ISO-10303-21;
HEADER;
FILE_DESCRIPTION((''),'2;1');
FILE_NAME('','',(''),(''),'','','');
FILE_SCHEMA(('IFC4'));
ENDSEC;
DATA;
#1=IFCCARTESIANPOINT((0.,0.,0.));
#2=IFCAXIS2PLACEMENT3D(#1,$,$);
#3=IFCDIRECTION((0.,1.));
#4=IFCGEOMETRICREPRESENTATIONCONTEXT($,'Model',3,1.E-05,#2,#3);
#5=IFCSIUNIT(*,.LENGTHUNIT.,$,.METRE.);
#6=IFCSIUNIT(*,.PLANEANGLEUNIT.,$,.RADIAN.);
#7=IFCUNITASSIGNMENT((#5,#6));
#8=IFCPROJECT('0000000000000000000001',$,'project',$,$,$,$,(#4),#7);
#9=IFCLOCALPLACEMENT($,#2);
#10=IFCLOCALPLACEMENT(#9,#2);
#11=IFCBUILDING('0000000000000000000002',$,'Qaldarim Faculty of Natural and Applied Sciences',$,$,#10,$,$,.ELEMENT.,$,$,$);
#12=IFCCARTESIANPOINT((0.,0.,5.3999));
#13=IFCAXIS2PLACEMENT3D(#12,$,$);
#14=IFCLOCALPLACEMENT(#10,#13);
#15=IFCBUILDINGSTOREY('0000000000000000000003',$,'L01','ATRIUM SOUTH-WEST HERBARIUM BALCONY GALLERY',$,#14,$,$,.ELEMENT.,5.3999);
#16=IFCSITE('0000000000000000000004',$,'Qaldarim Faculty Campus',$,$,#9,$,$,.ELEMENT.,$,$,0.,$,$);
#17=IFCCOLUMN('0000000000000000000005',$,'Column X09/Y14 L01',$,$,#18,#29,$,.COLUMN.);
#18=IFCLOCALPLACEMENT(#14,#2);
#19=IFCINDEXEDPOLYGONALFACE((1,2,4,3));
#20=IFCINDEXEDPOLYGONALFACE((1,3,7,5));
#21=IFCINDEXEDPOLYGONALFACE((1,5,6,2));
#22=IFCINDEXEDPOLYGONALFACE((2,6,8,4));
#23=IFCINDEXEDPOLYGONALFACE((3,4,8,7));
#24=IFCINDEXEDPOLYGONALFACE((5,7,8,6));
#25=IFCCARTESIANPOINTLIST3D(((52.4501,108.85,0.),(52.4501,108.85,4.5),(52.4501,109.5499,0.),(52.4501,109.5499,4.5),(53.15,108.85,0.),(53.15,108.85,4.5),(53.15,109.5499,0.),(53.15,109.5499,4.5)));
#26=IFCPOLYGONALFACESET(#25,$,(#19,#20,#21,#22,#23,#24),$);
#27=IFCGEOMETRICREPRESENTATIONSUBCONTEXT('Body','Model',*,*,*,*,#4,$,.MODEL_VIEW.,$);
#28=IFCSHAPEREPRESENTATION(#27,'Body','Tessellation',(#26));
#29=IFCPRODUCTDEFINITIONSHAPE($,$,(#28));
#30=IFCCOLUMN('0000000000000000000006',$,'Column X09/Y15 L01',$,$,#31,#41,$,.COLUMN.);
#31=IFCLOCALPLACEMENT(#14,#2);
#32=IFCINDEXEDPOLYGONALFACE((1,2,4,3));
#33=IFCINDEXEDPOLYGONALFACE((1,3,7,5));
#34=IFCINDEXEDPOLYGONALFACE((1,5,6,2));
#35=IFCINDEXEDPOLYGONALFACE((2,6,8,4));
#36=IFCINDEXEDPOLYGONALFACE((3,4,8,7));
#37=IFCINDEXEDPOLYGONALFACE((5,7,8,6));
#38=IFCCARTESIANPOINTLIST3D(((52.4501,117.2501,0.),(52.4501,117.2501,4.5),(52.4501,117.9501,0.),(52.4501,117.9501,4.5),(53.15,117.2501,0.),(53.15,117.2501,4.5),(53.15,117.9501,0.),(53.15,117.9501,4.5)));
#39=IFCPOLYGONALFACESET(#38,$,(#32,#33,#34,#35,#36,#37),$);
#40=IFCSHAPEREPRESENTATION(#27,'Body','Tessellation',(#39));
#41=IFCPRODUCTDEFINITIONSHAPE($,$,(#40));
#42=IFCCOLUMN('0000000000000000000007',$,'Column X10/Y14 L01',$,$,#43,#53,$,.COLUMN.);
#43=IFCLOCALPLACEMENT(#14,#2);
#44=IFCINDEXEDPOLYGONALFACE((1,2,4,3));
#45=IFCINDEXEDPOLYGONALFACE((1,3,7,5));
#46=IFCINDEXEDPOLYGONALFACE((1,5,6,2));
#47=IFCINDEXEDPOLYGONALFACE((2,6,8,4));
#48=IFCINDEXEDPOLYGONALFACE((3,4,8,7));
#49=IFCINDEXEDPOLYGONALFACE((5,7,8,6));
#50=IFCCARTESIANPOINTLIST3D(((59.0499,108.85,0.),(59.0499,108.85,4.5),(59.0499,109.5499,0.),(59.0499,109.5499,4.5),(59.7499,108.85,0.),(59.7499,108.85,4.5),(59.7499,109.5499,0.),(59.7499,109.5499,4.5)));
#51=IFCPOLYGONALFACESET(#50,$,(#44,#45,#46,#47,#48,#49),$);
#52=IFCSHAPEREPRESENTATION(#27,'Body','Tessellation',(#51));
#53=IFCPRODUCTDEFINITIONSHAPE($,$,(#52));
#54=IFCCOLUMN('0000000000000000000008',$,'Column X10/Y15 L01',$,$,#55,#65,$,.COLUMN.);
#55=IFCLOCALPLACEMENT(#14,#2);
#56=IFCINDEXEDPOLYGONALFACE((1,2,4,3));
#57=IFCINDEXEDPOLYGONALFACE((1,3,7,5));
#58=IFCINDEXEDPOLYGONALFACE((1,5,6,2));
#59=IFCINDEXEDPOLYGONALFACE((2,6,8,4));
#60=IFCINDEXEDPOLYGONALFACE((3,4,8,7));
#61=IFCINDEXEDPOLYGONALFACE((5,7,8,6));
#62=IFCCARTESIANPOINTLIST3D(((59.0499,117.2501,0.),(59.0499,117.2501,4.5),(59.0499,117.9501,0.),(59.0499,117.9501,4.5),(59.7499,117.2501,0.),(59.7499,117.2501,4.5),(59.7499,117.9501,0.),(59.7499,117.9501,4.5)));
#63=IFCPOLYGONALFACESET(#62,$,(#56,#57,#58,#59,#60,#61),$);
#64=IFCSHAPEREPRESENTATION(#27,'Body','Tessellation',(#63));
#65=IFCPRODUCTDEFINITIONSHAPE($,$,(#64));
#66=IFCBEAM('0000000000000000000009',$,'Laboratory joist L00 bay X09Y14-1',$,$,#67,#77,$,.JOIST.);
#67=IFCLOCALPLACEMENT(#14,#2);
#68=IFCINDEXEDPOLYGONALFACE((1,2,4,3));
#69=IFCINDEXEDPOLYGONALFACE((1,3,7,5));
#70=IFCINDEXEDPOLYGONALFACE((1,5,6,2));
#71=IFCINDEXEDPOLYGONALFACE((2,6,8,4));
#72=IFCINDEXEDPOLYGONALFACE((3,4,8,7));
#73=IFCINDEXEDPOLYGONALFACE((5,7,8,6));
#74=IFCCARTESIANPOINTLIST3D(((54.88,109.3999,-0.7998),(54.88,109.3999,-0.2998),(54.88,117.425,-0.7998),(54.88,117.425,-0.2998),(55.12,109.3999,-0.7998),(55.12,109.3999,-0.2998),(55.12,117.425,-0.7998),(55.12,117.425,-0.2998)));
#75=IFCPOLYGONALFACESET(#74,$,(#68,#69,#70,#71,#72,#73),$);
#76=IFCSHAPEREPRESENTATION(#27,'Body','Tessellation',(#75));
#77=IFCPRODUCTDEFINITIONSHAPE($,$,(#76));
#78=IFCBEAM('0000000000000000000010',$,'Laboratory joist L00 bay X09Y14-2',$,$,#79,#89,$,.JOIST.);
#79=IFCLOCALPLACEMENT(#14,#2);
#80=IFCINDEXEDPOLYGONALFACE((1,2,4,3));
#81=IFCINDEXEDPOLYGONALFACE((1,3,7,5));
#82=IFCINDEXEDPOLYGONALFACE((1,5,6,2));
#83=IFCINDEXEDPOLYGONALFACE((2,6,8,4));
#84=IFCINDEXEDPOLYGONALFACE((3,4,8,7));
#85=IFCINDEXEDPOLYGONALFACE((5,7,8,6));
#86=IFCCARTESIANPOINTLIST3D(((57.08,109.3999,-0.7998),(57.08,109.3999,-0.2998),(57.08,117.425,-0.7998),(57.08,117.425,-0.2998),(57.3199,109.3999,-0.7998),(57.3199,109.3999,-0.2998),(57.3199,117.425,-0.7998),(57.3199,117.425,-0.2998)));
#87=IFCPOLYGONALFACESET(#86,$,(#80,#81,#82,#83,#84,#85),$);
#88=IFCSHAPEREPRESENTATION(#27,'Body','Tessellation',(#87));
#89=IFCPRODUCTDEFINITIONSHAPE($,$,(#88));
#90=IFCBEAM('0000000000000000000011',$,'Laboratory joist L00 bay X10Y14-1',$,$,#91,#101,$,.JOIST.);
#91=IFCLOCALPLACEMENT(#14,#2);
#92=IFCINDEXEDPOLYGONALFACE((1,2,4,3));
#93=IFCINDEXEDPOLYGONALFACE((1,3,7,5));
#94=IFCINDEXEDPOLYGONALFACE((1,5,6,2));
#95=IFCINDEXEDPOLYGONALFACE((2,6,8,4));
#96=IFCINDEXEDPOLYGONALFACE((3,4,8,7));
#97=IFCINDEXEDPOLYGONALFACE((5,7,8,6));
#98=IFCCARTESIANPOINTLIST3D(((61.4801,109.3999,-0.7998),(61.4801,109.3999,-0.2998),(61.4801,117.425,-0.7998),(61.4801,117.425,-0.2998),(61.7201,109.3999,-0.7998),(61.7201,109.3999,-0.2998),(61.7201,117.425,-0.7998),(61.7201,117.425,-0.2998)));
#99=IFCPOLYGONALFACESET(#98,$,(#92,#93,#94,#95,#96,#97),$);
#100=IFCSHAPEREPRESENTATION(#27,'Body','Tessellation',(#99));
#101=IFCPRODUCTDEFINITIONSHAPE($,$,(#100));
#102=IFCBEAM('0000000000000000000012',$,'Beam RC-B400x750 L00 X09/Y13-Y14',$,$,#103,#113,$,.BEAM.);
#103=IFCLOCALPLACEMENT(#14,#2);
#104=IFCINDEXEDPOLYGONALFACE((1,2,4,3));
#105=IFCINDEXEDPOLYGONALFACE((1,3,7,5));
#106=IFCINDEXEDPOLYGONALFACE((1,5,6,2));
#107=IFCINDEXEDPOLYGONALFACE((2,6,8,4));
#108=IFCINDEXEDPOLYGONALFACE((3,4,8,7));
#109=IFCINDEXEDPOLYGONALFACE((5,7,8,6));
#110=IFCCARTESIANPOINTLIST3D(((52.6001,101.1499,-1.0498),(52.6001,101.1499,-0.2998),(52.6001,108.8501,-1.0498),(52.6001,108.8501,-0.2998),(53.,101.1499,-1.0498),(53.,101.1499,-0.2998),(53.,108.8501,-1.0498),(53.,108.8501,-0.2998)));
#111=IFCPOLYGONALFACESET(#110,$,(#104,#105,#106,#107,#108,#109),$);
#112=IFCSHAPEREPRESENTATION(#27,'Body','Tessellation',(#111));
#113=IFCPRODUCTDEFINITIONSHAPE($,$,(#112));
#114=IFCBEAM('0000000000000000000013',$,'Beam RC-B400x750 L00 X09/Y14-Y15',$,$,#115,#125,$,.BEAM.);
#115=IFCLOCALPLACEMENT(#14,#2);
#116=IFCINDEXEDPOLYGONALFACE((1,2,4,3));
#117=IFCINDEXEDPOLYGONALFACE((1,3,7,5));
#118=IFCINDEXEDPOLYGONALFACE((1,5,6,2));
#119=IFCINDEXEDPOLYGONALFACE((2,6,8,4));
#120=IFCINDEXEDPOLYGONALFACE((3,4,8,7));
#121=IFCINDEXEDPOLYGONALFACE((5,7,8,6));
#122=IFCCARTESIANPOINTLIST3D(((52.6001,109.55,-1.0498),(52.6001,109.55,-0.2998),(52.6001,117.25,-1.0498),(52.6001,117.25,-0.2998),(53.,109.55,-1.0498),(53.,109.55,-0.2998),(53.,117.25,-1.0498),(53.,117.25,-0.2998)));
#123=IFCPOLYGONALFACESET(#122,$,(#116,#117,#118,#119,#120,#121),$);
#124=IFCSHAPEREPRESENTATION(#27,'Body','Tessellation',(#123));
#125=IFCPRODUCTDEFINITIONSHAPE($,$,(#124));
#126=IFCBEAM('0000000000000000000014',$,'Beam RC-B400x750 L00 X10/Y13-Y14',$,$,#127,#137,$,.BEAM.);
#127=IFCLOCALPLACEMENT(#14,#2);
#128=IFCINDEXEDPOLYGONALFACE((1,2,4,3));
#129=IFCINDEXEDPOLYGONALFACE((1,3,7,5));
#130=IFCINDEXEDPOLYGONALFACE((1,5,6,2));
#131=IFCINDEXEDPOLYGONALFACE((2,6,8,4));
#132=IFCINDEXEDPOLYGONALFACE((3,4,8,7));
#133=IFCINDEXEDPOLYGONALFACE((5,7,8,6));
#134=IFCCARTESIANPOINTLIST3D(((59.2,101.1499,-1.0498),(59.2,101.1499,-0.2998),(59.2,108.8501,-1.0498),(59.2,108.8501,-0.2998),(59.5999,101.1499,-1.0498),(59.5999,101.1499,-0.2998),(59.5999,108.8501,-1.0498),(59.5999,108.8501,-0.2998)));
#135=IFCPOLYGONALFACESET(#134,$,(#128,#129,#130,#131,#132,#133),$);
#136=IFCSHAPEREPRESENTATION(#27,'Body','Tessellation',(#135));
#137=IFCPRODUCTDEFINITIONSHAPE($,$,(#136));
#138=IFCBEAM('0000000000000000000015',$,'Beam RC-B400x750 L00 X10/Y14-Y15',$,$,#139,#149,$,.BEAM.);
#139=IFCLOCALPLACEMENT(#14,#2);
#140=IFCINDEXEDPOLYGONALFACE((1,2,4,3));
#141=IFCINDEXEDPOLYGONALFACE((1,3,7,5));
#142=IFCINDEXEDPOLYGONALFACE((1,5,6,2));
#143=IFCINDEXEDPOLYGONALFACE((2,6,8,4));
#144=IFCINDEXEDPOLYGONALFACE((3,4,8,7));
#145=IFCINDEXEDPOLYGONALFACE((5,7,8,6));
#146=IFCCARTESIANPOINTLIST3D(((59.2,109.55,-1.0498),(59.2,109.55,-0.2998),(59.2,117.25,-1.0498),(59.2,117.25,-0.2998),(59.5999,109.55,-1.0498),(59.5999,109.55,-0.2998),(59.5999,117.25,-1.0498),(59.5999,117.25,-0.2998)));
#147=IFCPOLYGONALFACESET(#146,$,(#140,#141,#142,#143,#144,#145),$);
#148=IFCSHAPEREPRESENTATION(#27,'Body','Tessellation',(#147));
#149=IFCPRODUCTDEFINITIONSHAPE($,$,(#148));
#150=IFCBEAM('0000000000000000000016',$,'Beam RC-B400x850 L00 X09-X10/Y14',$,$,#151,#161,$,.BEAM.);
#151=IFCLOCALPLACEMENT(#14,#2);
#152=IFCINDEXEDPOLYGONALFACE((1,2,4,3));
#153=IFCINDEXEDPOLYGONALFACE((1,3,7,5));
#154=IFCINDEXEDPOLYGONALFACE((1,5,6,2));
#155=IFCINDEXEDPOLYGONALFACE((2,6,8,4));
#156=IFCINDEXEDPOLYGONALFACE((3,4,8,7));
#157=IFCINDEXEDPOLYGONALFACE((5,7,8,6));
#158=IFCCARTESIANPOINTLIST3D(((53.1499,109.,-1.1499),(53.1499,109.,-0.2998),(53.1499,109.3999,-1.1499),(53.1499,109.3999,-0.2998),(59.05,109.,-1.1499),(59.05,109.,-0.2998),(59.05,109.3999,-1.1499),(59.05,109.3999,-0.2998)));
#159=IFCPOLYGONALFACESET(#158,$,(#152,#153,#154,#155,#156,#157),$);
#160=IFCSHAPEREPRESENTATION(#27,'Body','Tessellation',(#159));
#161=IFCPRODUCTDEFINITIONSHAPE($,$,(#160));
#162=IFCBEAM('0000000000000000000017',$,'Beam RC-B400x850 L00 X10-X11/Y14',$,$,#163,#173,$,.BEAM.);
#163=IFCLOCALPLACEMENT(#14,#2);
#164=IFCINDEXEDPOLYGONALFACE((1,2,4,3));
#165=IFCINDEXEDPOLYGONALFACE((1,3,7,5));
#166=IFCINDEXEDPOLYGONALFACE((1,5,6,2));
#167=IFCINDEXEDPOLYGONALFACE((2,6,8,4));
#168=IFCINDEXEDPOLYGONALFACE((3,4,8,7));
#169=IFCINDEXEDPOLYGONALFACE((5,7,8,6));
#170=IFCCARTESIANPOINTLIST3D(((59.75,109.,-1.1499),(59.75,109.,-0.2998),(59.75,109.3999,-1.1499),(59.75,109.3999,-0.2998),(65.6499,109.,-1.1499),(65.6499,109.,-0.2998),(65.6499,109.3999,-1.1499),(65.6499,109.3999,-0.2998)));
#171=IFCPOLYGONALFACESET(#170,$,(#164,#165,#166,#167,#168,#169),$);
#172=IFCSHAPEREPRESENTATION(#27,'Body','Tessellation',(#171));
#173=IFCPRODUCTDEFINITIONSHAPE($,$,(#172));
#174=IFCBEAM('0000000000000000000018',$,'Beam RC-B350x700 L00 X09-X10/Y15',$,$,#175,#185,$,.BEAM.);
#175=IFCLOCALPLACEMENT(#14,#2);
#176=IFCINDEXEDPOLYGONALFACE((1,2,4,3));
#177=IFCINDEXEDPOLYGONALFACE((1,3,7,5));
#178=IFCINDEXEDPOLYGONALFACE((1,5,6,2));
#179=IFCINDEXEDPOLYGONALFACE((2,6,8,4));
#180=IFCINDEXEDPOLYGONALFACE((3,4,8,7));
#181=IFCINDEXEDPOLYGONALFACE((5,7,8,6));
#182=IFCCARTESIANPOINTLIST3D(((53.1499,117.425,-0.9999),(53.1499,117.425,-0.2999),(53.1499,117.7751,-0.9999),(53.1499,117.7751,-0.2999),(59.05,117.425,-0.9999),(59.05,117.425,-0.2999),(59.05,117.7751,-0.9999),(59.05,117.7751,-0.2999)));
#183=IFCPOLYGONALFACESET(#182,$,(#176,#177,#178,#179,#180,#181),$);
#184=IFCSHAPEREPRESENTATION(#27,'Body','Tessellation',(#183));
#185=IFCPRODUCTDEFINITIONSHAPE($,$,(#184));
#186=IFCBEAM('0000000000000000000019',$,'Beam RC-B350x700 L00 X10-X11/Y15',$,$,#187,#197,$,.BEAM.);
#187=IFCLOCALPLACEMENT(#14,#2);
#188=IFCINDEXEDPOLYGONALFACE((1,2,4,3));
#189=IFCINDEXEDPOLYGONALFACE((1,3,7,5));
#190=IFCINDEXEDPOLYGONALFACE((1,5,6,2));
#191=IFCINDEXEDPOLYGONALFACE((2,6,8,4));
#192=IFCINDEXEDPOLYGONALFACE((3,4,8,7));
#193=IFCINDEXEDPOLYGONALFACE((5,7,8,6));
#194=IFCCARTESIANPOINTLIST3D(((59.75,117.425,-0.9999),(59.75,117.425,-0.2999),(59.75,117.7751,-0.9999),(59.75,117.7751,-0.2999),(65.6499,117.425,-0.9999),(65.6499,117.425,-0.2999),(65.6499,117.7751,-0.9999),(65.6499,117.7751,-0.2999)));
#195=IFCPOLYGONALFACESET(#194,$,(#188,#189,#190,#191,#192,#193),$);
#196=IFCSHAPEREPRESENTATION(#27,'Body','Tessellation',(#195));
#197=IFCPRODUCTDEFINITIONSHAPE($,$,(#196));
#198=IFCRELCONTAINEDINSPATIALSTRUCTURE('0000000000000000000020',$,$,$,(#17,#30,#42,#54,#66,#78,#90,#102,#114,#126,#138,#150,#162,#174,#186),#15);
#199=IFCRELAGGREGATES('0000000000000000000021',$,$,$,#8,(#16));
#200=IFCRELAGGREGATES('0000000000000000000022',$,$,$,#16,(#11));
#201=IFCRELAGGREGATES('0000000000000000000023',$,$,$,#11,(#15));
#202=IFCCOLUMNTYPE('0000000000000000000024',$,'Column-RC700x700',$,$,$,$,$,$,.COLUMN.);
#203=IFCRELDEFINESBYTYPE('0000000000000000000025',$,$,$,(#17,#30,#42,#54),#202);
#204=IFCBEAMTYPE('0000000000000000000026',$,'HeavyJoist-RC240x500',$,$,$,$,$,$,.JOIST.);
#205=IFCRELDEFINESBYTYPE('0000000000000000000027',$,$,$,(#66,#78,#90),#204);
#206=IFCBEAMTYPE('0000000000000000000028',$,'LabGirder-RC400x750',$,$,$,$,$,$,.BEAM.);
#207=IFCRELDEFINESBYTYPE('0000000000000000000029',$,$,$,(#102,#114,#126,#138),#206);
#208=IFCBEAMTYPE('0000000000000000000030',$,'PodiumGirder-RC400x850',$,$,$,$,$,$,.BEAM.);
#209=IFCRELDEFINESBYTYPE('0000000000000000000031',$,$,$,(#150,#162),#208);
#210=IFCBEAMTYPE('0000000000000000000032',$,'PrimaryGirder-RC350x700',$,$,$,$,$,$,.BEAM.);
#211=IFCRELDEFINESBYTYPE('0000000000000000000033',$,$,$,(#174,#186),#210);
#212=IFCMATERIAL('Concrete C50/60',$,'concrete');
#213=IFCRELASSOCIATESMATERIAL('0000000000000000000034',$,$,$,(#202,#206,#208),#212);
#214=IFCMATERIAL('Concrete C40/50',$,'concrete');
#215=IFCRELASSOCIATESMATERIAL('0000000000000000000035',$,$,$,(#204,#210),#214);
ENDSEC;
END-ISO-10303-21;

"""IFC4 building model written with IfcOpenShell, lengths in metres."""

from ifc_helpers import new_model, si_unit, direction, frame, origin, origin_2d, place, context, subcontext, project, spatial, rectangle, extrude, material, material_profile, profile_set, type_object, element, save


model = new_model("IFC4")

# Units and contexts
model_context = context("Model", 3, precision=1e-05, world=origin(), true_north=direction((0.0, 1.0)))
body_context = subcontext(model_context, "Body", "Model", "MODEL_VIEW")
ifc_project = project(units=[si_unit("LENGTHUNIT", "METRE"), si_unit("PLANEANGLEUNIT", "RADIAN")], contexts=[model_context])

# Site, building, storey
site_placement = place(None, origin())
site = spatial("IfcSite", under=ifc_project, at=site_placement, Name="Qaldarim Faculty Campus", CompositionType="ELEMENT", RefElevation=0.0)
building_placement = place(site_placement, origin())
building = spatial("IfcBuilding", under=site, at=building_placement, Name="Qaldarim Faculty of Natural and Applied Sciences", CompositionType="ELEMENT")
storey_placement = place(building_placement, frame((0.0, 0.0, 5.3999)))
storey = spatial("IfcBuildingStorey", under=building, at=storey_placement, Name="L01", Description="ATRIUM SOUTH-WEST HERBARIUM BALCONY GALLERY", CompositionType="ELEMENT", Elevation=5.3999)

# Columns
ifc_material_1 = material(Name="Concrete C50/60", Category="concrete")
ifc_material_profile_1 = material_profile(ifc_material_1, rectangle(XDim=0.7, YDim=0.7, at=origin_2d()), Name="RC-C700x700")
ifc_profile_set_1 = profile_set([ifc_material_profile_1], Name="Concrete C50/60")
column_type = type_object("IfcColumnType", Name="Column-RC700x700", PredefinedType="COLUMN", material=ifc_profile_set_1)
for number, where, z_axis, x_axis, name in (
    (1, (52.8, 109.2, 0.0), (0.0, 0.0, 1.0), (1.0, 0.0, 0.0), "Column X09/Y14 L01"),
    (2, (52.8, 117.6001, 0.0), (0.0, 0.0, 1.0), (1.0, 0.0, 0.0), "Column X09/Y15 L01"),
    (3, (59.3999, 109.2, 0.0), (0.0, 0.0, 1.0), (1.0, 0.0, 0.0), "Column X10/Y14 L01"),
    (4, (59.3999, 117.6001, 0.0), (0.0, 0.0, 1.0), (1.0, 0.0, 0.0), "Column X10/Y15 L01"),
):
    element("IfcColumn", number, at=place(storey_placement, frame(where, z_axis=z_axis, x_axis=x_axis)), inside=storey, type_object=column_type, Name=name, PredefinedType="COLUMN", context=body_context, shape_type="SweptSolid", body=[
        extrude(rectangle(XDim=0.7, YDim=0.7, at=origin_2d()), origin(), (0.0, 0.0, 1.0), 4.5),
    ])

# Beams
ifc_material_2 = material(Name="Concrete C40/50", Category="concrete")
ifc_material_profile_2 = material_profile(ifc_material_2, rectangle(XDim=0.24, YDim=0.5, at=origin_2d()), Name="RC-J240x500")
ifc_profile_set_2 = profile_set([ifc_material_profile_2], Name="Concrete C40/50")
beam_type_1 = type_object("IfcBeamType", Name="HeavyJoist-RC240x500", PredefinedType="JOIST", material=ifc_profile_set_2)
for number, where, z_axis, x_axis, name in (
    (5, (55.0, 109.3999, -0.5498), (0.0, 1.0, 0.0), (-1.0, 0.0, 0.0), "Laboratory joist L00 bay X09Y14-1"),
    (6, (57.2, 109.3999, -0.5498), (0.0, 1.0, 0.0), (-1.0, 0.0, 0.0), "Laboratory joist L00 bay X09Y14-2"),
    (7, (61.6001, 109.3999, -0.5498), (0.0, 1.0, 0.0), (-1.0, 0.0, 0.0), "Laboratory joist L00 bay X10Y14-1"),
):
    element("IfcBeam", number, at=place(storey_placement, frame(where, z_axis=z_axis, x_axis=x_axis)), inside=storey, type_object=beam_type_1, Name=name, PredefinedType="JOIST", context=body_context, shape_type="SweptSolid", body=[
        extrude(rectangle(XDim=0.24, YDim=0.5, at=origin_2d()), origin(), (0.0, 0.0, 1.0), 8.0251),
    ])
ifc_material_profile_3 = material_profile(ifc_material_1, rectangle(XDim=0.3999, YDim=0.75, at=origin_2d()), Name="RC-B400x750")
ifc_profile_set_3 = profile_set([ifc_material_profile_3], Name="Concrete C50/60")
beam_type_2 = type_object("IfcBeamType", Name="LabGirder-RC400x750", PredefinedType="BEAM", material=ifc_profile_set_3)
beam_1_placement = place(storey_placement, frame((52.8, 101.1499, -0.6748), z_axis=(0.0, 1.0, 0.0), x_axis=(-1.0, 0.0, 0.0)))
element("IfcBeam", 8, at=beam_1_placement, inside=storey, type_object=beam_type_2, Name="Beam RC-B400x750 L00 X09/Y13-Y14", PredefinedType="BEAM", context=body_context, shape_type="SweptSolid", body=[
    extrude(rectangle(XDim=0.3999, YDim=0.75, at=origin_2d()), origin(), (0.0, 0.0, 1.0), 7.7002),
])
beam_2_placement = place(storey_placement, frame((52.8, 109.55, -0.6748), z_axis=(0.0, 1.0, 0.0), x_axis=(-1.0, 0.0, 0.0)))
element("IfcBeam", 9, at=beam_2_placement, inside=storey, type_object=beam_type_2, Name="Beam RC-B400x750 L00 X09/Y14-Y15", PredefinedType="BEAM", context=body_context, shape_type="SweptSolid", body=[
    extrude(rectangle(XDim=0.3999, YDim=0.75, at=origin_2d()), origin(), (0.0, 0.0, 1.0), 7.7),
])
beam_3_placement = place(storey_placement, frame((59.3999, 101.1499, -0.6748), z_axis=(0.0, 1.0, 0.0), x_axis=(-1.0, 0.0, 0.0)))
element("IfcBeam", 10, at=beam_3_placement, inside=storey, type_object=beam_type_2, Name="Beam RC-B400x750 L00 X10/Y13-Y14", PredefinedType="BEAM", context=body_context, shape_type="SweptSolid", body=[
    extrude(rectangle(XDim=0.3999, YDim=0.75, at=origin_2d()), origin(), (0.0, 0.0, 1.0), 7.7002),
])
beam_4_placement = place(storey_placement, frame((59.3999, 109.55, -0.6748), z_axis=(0.0, 1.0, 0.0), x_axis=(-1.0, 0.0, 0.0)))
element("IfcBeam", 11, at=beam_4_placement, inside=storey, type_object=beam_type_2, Name="Beam RC-B400x750 L00 X10/Y14-Y15", PredefinedType="BEAM", context=body_context, shape_type="SweptSolid", body=[
    extrude(rectangle(XDim=0.3999, YDim=0.75, at=origin_2d()), origin(), (0.0, 0.0, 1.0), 7.7),
])
ifc_material_profile_4 = material_profile(ifc_material_1, rectangle(XDim=0.3999, YDim=0.8501, at=origin_2d()), Name="RC-B400x850")
ifc_profile_set_4 = profile_set([ifc_material_profile_4], Name="Concrete C50/60")
beam_type_3 = type_object("IfcBeamType", Name="PodiumGirder-RC400x850", PredefinedType="BEAM", material=ifc_profile_set_4)
beam_5_placement = place(storey_placement, frame((53.1499, 109.2, -0.7249), z_axis=(1.0, 0.0, 0.0), x_axis=(0.0, 1.0, 0.0)))
element("IfcBeam", 12, at=beam_5_placement, inside=storey, type_object=beam_type_3, Name="Beam RC-B400x850 L00 X09-X10/Y14", PredefinedType="BEAM", context=body_context, shape_type="SweptSolid", body=[
    extrude(rectangle(XDim=0.3999, YDim=0.8501, at=origin_2d()), origin(), (0.0, 0.0, 1.0), 5.9001),
])
beam_6_placement = place(storey_placement, frame((59.75, 109.2, -0.7249), z_axis=(1.0, 0.0, 0.0), x_axis=(0.0, 1.0, 0.0)))
element("IfcBeam", 13, at=beam_6_placement, inside=storey, type_object=beam_type_3, Name="Beam RC-B400x850 L00 X10-X11/Y14", PredefinedType="BEAM", context=body_context, shape_type="SweptSolid", body=[
    extrude(rectangle(XDim=0.3999, YDim=0.8501, at=origin_2d()), origin(), (0.0, 0.0, 1.0), 5.8999),
])
ifc_material_profile_5 = material_profile(ifc_material_2, rectangle(XDim=0.3501, YDim=0.7, at=origin_2d()), Name="RC-B350x700")
ifc_profile_set_5 = profile_set([ifc_material_profile_5], Name="Concrete C40/50")
beam_type_4 = type_object("IfcBeamType", Name="PrimaryGirder-RC350x700", PredefinedType="BEAM", material=ifc_profile_set_5)
beam_7_placement = place(storey_placement, frame((53.1499, 117.6001, -0.6499), z_axis=(1.0, 0.0, 0.0), x_axis=(0.0, 1.0, 0.0)))
element("IfcBeam", 14, at=beam_7_placement, inside=storey, type_object=beam_type_4, Name="Beam RC-B350x700 L00 X09-X10/Y15", PredefinedType="BEAM", context=body_context, shape_type="SweptSolid", body=[
    extrude(rectangle(XDim=0.3501, YDim=0.7, at=origin_2d()), origin(), (0.0, 0.0, 1.0), 5.9001),
])
beam_8_placement = place(storey_placement, frame((59.75, 117.6001, -0.6499), z_axis=(1.0, 0.0, 0.0), x_axis=(0.0, 1.0, 0.0)))
element("IfcBeam", 15, at=beam_8_placement, inside=storey, type_object=beam_type_4, Name="Beam RC-B350x700 L00 X10-X11/Y15", PredefinedType="BEAM", context=body_context, shape_type="SweptSolid", body=[
    extrude(rectangle(XDim=0.3501, YDim=0.7, at=origin_2d()), origin(), (0.0, 0.0, 1.0), 5.8999),
])

save(model, "model.ifc")
